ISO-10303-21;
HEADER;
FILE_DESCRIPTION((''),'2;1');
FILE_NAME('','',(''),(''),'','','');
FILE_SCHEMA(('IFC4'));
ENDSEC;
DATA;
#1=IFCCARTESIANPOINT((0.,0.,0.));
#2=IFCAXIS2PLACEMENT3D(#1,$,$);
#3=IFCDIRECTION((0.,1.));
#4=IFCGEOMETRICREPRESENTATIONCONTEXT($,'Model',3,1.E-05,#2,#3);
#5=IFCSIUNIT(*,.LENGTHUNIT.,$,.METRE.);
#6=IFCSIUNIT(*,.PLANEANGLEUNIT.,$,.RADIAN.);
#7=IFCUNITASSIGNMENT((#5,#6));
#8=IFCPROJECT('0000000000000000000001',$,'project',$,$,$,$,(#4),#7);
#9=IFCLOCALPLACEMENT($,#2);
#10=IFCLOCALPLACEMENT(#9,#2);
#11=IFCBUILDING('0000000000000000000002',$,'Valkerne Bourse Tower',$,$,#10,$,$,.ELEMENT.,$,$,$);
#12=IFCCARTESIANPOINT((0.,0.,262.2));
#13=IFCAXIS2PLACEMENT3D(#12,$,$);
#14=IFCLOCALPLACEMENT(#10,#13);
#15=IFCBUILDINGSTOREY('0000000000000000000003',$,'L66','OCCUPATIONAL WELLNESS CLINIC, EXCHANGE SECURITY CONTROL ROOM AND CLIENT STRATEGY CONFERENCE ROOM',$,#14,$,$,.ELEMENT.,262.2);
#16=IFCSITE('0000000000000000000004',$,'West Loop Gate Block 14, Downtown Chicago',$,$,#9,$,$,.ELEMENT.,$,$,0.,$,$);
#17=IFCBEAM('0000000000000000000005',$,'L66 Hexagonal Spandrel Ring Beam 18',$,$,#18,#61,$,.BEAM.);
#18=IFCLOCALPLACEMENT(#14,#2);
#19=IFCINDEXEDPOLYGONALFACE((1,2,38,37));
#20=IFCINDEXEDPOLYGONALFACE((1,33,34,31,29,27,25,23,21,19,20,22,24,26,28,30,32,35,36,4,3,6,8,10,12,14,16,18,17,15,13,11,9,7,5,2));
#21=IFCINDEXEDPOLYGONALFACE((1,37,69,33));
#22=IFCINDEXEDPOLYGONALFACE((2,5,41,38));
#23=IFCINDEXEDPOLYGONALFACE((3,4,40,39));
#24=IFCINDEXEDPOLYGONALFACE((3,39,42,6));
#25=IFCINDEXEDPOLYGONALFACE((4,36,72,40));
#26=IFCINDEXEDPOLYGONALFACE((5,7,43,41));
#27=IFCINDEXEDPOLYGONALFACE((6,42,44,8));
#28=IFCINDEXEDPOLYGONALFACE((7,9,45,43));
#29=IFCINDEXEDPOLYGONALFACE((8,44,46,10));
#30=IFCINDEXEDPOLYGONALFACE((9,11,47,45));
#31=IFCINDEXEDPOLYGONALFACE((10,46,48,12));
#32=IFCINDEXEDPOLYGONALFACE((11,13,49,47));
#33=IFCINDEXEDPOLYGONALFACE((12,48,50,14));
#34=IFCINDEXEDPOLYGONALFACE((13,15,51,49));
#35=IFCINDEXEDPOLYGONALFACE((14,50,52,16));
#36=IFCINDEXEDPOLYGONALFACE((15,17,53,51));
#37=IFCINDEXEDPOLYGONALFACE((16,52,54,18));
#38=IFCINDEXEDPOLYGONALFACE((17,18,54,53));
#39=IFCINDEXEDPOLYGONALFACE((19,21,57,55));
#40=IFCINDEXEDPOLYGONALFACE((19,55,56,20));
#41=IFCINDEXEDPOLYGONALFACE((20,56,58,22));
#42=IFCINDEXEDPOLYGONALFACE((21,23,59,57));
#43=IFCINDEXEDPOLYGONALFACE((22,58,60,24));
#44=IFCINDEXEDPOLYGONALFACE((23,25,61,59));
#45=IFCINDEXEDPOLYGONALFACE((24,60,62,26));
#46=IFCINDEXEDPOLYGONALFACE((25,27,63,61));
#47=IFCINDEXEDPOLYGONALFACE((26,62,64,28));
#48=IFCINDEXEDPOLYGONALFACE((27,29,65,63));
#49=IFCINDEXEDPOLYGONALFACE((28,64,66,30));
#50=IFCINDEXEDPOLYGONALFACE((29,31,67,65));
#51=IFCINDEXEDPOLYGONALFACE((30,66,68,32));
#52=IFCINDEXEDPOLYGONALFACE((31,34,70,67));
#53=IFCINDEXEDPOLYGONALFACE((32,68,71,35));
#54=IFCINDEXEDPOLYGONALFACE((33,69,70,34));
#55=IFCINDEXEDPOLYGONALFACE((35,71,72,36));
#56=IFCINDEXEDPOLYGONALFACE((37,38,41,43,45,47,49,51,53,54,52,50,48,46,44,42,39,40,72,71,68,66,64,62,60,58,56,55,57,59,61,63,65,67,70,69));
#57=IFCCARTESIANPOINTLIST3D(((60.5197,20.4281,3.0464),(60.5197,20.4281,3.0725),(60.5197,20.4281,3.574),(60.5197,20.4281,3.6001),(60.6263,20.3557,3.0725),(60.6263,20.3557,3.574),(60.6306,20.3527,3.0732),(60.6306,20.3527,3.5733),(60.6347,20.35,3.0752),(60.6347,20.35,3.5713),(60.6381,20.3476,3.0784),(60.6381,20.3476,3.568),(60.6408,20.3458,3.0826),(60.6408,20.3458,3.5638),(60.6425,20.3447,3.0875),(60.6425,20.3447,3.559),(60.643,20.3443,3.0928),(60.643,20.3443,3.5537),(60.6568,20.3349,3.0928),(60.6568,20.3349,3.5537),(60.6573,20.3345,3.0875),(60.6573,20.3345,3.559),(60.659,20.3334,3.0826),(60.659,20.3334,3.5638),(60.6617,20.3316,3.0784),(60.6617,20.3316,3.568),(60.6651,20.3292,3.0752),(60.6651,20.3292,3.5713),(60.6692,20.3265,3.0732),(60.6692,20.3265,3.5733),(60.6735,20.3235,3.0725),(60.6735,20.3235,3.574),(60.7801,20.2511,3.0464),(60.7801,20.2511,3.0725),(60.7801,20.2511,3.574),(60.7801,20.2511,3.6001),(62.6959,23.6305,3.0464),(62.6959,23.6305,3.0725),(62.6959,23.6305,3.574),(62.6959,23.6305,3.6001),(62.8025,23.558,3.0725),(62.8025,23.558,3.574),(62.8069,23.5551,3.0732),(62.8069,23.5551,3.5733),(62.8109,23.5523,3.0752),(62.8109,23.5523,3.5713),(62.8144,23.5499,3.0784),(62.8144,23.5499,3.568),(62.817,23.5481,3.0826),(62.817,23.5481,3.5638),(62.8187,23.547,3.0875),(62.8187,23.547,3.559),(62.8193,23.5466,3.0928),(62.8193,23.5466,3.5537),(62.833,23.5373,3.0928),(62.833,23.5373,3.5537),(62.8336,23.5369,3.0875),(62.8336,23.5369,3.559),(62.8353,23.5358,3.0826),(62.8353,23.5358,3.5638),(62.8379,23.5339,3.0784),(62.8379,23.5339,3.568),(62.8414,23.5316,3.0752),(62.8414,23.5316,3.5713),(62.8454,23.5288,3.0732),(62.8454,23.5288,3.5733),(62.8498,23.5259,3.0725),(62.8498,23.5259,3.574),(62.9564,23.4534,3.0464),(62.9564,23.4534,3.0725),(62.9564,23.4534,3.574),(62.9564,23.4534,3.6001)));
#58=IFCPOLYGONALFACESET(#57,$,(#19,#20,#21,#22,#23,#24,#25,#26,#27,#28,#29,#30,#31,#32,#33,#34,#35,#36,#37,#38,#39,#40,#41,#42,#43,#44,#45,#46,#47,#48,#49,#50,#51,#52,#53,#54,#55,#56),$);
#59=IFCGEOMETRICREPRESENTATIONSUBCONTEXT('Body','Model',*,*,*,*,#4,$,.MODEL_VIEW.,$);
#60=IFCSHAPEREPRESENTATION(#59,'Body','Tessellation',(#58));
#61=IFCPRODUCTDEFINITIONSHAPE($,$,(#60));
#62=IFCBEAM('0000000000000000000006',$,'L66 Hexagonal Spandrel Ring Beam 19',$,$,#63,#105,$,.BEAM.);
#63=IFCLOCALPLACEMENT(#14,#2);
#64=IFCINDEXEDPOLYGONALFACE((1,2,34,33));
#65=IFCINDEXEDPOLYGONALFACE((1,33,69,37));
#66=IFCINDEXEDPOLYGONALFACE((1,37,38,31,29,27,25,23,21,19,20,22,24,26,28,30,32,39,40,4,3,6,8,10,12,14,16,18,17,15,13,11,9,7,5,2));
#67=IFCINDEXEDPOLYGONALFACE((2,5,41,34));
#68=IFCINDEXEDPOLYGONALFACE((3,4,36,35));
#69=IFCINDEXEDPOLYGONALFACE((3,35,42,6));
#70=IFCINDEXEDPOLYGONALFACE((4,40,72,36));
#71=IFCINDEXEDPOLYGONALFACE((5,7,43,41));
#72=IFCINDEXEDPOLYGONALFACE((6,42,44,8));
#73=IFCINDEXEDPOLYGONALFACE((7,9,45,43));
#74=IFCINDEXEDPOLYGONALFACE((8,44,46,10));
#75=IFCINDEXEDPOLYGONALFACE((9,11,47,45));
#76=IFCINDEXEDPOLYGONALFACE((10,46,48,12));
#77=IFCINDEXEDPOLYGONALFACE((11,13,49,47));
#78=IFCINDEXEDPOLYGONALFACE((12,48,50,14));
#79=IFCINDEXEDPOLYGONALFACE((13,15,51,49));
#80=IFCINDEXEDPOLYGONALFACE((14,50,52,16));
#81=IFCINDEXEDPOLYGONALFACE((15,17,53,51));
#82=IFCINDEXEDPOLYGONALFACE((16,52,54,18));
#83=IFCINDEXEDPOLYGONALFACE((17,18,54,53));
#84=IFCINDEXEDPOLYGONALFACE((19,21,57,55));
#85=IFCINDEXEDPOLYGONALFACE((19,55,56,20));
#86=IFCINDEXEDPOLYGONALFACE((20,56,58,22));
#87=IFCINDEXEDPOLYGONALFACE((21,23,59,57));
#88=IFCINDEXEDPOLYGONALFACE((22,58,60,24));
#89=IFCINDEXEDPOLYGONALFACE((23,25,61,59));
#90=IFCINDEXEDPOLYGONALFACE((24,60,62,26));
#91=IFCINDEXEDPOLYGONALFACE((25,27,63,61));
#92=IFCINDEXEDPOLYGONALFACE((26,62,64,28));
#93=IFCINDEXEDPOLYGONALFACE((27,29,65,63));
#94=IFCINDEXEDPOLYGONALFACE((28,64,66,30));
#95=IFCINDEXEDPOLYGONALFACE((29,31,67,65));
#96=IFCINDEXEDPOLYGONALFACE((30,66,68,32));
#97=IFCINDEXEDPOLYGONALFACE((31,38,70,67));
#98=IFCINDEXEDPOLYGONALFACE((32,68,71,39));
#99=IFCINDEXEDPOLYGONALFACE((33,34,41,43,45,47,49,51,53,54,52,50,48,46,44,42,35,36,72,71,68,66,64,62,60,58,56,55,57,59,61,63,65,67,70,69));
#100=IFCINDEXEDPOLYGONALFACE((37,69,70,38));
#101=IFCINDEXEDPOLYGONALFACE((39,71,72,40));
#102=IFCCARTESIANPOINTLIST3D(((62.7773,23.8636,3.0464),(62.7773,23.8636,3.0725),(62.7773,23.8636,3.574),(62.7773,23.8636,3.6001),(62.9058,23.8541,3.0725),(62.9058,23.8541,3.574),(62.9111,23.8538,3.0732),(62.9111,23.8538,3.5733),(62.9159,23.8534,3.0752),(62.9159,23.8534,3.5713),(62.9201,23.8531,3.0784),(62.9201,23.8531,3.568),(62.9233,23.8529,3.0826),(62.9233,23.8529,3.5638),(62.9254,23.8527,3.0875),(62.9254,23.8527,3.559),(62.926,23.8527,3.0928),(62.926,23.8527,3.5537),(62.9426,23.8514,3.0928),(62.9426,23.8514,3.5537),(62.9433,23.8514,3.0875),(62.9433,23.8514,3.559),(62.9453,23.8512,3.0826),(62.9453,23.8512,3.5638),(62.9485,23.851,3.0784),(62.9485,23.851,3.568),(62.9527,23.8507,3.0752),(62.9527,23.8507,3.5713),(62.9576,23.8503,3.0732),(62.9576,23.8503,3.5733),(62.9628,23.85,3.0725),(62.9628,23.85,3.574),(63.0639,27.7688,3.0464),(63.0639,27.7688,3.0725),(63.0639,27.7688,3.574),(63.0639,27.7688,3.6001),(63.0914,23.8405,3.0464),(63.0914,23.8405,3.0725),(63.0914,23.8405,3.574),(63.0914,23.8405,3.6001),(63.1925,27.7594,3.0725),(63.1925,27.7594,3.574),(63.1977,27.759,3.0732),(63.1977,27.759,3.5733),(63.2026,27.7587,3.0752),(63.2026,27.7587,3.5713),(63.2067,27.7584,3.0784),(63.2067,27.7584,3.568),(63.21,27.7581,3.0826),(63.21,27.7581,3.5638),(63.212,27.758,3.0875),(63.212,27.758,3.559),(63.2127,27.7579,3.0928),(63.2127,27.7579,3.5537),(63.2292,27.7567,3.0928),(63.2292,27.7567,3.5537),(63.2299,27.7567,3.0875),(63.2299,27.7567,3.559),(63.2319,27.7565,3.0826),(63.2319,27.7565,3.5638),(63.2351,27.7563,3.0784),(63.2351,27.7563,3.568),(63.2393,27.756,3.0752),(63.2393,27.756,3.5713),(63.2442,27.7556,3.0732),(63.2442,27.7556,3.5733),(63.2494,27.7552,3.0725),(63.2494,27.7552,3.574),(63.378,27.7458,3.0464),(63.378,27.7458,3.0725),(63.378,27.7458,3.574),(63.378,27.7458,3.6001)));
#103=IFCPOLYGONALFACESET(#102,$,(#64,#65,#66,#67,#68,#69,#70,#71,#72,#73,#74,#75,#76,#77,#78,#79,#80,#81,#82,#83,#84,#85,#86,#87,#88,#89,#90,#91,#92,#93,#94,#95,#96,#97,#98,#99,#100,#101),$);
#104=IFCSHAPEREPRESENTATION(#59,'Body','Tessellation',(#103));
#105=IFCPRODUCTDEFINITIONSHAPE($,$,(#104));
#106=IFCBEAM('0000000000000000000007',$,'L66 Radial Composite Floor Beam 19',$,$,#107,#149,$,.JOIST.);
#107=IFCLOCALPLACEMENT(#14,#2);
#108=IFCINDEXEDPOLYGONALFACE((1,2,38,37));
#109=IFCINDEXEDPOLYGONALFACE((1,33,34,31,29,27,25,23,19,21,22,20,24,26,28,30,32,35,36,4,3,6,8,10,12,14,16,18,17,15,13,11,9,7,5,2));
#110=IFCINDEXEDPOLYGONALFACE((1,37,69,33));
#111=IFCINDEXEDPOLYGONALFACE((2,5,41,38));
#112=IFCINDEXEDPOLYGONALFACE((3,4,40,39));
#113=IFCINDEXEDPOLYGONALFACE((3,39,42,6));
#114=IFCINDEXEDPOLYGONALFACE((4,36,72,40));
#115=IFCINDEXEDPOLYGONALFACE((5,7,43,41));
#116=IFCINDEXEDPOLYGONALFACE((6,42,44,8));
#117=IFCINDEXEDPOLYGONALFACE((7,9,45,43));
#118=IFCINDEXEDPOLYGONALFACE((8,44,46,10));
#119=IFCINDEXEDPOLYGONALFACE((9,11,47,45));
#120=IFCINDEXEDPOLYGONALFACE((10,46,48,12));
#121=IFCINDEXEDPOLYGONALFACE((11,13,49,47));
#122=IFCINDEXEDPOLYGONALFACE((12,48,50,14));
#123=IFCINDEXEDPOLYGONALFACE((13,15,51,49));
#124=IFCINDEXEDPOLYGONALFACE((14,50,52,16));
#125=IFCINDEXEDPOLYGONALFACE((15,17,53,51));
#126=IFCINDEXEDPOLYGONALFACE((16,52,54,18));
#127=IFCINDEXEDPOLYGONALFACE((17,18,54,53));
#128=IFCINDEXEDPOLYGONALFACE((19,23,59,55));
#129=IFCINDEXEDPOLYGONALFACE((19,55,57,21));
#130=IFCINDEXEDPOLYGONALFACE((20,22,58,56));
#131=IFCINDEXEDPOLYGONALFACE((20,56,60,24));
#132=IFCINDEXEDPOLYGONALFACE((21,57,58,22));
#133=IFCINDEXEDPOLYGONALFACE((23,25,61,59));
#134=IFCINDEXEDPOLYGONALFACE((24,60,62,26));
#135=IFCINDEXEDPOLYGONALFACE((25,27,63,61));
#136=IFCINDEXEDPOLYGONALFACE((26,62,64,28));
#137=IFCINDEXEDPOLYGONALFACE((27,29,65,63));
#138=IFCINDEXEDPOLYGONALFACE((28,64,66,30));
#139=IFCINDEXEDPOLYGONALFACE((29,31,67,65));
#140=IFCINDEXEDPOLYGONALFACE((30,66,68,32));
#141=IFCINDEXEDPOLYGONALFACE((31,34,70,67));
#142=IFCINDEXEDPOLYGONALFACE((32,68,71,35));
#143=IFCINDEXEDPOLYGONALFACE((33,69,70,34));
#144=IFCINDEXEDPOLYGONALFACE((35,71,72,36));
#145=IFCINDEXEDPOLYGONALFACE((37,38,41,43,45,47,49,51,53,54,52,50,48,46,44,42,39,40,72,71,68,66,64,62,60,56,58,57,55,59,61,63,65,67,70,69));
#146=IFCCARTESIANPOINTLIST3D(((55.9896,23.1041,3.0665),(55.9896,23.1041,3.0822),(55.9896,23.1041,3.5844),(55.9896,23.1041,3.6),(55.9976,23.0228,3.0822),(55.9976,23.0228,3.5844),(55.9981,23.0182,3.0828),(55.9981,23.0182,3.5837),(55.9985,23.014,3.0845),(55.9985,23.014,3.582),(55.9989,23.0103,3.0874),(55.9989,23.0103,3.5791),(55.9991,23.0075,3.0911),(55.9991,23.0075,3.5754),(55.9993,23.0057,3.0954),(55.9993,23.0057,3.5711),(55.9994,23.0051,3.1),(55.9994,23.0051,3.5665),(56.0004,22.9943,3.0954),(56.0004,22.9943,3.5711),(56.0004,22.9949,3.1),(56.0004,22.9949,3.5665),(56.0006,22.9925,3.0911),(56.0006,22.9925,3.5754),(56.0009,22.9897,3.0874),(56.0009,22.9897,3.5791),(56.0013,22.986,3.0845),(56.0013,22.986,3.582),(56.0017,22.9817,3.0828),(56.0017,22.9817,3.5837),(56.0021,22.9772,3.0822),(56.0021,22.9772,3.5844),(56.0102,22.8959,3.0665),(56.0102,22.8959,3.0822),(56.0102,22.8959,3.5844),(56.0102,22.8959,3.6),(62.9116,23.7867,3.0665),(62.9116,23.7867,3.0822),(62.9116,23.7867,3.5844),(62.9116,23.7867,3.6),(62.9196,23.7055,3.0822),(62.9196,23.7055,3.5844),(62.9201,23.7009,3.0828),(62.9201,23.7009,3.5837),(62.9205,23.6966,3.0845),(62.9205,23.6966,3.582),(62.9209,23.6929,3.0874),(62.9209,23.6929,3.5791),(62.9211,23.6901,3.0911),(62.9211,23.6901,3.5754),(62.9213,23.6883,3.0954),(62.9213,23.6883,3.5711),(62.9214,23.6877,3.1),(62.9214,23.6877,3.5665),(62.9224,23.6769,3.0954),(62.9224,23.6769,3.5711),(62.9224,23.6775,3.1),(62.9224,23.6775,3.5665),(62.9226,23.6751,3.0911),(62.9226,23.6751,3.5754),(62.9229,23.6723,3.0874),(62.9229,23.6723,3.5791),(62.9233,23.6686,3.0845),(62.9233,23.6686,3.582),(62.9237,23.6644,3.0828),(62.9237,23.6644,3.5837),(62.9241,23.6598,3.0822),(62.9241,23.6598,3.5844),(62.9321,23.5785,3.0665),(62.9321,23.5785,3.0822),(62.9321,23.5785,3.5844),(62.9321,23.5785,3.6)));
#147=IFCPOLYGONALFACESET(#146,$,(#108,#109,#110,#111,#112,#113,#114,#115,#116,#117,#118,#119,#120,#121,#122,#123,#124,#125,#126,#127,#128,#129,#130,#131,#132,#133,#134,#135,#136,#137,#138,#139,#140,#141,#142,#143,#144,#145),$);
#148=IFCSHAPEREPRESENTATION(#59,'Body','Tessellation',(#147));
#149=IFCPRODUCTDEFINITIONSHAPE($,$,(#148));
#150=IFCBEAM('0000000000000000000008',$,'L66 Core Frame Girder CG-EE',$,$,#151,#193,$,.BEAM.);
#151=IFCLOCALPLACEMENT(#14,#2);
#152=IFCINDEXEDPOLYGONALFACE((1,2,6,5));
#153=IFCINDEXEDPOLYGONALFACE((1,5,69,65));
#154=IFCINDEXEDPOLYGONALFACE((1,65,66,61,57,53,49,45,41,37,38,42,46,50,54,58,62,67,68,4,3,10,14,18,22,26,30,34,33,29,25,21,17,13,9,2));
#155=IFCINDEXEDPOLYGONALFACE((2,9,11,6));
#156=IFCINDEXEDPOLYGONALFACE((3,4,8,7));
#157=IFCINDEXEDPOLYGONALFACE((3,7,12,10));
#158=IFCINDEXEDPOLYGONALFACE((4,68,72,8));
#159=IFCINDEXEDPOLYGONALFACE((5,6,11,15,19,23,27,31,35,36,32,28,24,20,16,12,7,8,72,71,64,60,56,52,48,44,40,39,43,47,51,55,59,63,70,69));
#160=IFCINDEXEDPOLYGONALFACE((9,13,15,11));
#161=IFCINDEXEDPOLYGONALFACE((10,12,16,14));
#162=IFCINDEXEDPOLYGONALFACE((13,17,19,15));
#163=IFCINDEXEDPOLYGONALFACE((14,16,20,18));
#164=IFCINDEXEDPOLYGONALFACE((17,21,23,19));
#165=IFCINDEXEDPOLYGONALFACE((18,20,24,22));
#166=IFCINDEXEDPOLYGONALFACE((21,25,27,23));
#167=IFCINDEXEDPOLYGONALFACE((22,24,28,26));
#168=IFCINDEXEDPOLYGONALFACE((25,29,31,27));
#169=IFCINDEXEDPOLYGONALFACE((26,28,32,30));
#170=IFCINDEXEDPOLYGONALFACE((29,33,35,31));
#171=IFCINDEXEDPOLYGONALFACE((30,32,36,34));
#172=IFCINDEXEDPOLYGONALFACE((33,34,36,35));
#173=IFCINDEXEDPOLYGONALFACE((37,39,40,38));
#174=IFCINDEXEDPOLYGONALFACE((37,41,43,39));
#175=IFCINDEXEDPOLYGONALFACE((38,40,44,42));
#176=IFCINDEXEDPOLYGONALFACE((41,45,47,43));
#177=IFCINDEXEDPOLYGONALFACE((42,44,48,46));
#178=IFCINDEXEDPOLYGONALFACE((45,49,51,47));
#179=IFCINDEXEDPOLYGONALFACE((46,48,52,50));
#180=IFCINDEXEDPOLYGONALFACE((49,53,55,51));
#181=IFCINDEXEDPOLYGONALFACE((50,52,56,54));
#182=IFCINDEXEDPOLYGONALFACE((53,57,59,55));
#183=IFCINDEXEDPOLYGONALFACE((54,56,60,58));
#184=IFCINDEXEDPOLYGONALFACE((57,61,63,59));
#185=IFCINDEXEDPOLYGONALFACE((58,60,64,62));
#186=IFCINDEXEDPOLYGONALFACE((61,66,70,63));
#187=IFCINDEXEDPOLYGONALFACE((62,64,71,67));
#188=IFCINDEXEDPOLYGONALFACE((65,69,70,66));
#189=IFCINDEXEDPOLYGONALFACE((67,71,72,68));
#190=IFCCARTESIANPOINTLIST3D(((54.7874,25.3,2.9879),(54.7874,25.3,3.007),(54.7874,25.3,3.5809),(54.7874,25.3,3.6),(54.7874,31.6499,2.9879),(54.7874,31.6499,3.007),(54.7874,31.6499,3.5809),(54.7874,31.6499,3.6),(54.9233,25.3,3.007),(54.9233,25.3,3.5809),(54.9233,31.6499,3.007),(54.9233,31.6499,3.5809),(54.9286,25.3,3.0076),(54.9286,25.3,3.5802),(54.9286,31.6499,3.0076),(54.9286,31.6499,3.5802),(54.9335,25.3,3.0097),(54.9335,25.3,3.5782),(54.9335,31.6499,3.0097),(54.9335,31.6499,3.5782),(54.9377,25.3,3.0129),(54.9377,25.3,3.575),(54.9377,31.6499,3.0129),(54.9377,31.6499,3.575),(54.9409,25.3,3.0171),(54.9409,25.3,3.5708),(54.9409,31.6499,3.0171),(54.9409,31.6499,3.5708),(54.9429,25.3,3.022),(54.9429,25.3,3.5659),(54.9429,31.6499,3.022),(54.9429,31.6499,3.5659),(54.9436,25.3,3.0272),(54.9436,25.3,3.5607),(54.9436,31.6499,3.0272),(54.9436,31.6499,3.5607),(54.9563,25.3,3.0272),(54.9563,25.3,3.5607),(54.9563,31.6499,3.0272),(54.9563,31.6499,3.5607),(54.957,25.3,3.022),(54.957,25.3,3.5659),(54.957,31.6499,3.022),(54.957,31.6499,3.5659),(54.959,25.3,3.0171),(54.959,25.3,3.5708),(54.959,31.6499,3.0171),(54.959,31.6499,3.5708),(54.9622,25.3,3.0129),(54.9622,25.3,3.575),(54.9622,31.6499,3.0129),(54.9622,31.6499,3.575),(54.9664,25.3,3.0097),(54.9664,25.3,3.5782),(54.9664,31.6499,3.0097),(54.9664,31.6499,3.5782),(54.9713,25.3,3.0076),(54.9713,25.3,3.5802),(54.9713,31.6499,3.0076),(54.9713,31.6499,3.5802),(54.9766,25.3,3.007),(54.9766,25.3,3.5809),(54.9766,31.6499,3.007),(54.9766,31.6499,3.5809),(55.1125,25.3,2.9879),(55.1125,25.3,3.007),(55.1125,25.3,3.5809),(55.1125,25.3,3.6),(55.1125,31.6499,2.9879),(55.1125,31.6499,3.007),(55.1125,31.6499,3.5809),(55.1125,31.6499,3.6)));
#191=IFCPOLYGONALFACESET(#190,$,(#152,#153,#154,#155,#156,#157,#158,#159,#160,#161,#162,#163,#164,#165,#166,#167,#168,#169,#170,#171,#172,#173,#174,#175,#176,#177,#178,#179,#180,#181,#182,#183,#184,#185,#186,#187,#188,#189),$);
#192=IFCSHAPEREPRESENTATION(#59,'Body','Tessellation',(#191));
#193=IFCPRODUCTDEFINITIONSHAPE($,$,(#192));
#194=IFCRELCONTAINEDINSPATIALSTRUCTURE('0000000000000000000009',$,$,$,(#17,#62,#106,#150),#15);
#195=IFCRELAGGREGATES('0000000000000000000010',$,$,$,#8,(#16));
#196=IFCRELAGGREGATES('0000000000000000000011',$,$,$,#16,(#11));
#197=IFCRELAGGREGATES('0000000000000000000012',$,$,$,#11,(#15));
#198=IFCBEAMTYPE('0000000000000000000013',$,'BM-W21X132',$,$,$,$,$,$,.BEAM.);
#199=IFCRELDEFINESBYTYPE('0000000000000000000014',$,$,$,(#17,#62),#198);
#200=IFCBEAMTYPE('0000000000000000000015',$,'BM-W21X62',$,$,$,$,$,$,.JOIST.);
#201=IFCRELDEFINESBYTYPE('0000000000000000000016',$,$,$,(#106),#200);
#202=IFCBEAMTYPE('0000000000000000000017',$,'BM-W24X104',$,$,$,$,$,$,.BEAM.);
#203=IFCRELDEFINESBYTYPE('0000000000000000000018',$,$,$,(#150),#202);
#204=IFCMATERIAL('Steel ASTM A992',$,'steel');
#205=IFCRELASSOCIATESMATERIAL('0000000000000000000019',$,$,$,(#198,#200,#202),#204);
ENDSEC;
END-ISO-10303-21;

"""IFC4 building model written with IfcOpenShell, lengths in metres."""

from ifc_helpers import new_model, si_unit, direction, frame, origin, origin_2d, place, context, subcontext, project, spatial, i_section, extrude, material, material_profile, profile_set, type_object, element, save


model = new_model("IFC4")

# Units and contexts
model_context = context("Model", 3, precision=1e-05, world=origin(), true_north=direction((0.0, 1.0)))
body_context = subcontext(model_context, "Body", "Model", "MODEL_VIEW")
ifc_project = project(units=[si_unit("LENGTHUNIT", "METRE"), si_unit("PLANEANGLEUNIT", "RADIAN")], contexts=[model_context])

# Site, building, storey
site_placement = place(None, origin())
site = spatial("IfcSite", under=ifc_project, at=site_placement, Name="West Loop Gate Block 14, Downtown Chicago", CompositionType="ELEMENT", RefElevation=0.0)
building_placement = place(site_placement, origin())
building = spatial("IfcBuilding", under=site, at=building_placement, Name="Valkerne Bourse Tower", CompositionType="ELEMENT")
storey_placement = place(building_placement, frame((0.0, 0.0, 262.2)))
storey = spatial("IfcBuildingStorey", under=building, at=storey_placement, Name="L66", Description="OCCUPATIONAL WELLNESS CLINIC, EXCHANGE SECURITY CONTROL ROOM AND CLIENT STRATEGY CONFERENCE ROOM", CompositionType="ELEMENT", Elevation=262.2)

# Beams
ifc_material_1 = material(Name="Steel ASTM A992", Category="steel")
ifc_material_profile_1 = material_profile(ifc_material_1, i_section(OverallWidth=0.3149, OverallDepth=0.5537, WebThickness=0.0166, FlangeThickness=0.0261, FilletRadius=0.0203, at=origin_2d()), Name="W21X132")
ifc_profile_set_1 = profile_set([ifc_material_profile_1], Name="Steel ASTM A992")
beam_type_1 = type_object("IfcBeamType", Name="BM-W21X132", PredefinedType="BEAM", material=ifc_profile_set_1)
beam_1_placement = place(storey_placement, frame((60.6499, 20.3396, 3.3232), z_axis=(0.56207, 0.827089, 0.0), x_axis=(-0.827089, 0.56207, 0.0)))
element("IfcBeam", 1, at=beam_1_placement, inside=storey, type_object=beam_type_1, Name="L66 Hexagonal Spandrel Ring Beam 18", PredefinedType="BEAM", context=body_context, shape_type="SweptSolid", body=[
    extrude(i_section(OverallWidth=0.3149, OverallDepth=0.5537, WebThickness=0.0166, FlangeThickness=0.0261, FilletRadius=0.0203, at=origin_2d()), origin(), (0.0, 0.0, 1.0), 3.8718),
])
beam_2_placement = place(storey_placement, frame((62.9343, 23.8521, 3.3232), z_axis=(0.073196, 0.997318, 0.0), x_axis=(-0.997318, 0.073196, 0.0)))
element("IfcBeam", 2, at=beam_2_placement, inside=storey, type_object=beam_type_1, Name="L66 Hexagonal Spandrel Ring Beam 19", PredefinedType="BEAM", context=body_context, shape_type="SweptSolid", body=[
    extrude(i_section(OverallWidth=0.3149, OverallDepth=0.5537, WebThickness=0.0166, FlangeThickness=0.0261, FilletRadius=0.0203, at=origin_2d()), origin(), (0.0, 0.0, 1.0), 3.9158),
])
ifc_material_profile_2 = material_profile(ifc_material_1, i_section(OverallWidth=0.2092, OverallDepth=0.5334, WebThickness=0.0103, FlangeThickness=0.0156, FilletRadius=0.0178, at=origin_2d()), Name="W21X62")
ifc_profile_set_2 = profile_set([ifc_material_profile_2], Name="Steel ASTM A992")
beam_type_2 = type_object("IfcBeamType", Name="BM-W21X62", PredefinedType="JOIST", material=ifc_profile_set_2)
beam_3_placement = place(storey_placement, frame((62.9219, 23.6826, 3.3333), z_axis=(-0.995172, -0.098141, 0.0), x_axis=(0.098141, -0.995172, 0.0)))
element("IfcBeam", 3, at=beam_3_placement, inside=storey, type_object=beam_type_2, Name="L66 Radial Composite Floor Beam 19", PredefinedType="JOIST", context=body_context, shape_type="SweptSolid", body=[
    extrude(i_section(OverallWidth=0.2092, OverallDepth=0.5334, WebThickness=0.0103, FlangeThickness=0.0156, FilletRadius=0.0178, at=origin_2d()), origin(), (0.0, 0.0, 1.0), 6.9556),
])
ifc_material_profile_3 = material_profile(ifc_material_1, i_section(OverallWidth=0.3252, OverallDepth=0.6121, WebThickness=0.0127, FlangeThickness=0.019, FilletRadius=0.0203, at=origin_2d()), Name="W24X104")
ifc_profile_set_3 = profile_set([ifc_material_profile_3], Name="Steel ASTM A992")
beam_type_3 = type_object("IfcBeamType", Name="BM-W24X104", PredefinedType="BEAM", material=ifc_profile_set_3)
beam_4_placement = place(storey_placement, frame((54.95, 25.3, 3.2939), z_axis=(0.0, 1.0, 0.0), x_axis=(-1.0, 0.0, 0.0)))
element("IfcBeam", 4, at=beam_4_placement, inside=storey, type_object=beam_type_3, Name="L66 Core Frame Girder CG-EE", PredefinedType="BEAM", context=body_context, shape_type="SweptSolid", body=[
    extrude(i_section(OverallWidth=0.3252, OverallDepth=0.6121, WebThickness=0.0127, FlangeThickness=0.019, FilletRadius=0.0203, at=origin_2d()), origin(), (0.0, 0.0, 1.0), 6.3499),
])

save(model, "model.ifc")
